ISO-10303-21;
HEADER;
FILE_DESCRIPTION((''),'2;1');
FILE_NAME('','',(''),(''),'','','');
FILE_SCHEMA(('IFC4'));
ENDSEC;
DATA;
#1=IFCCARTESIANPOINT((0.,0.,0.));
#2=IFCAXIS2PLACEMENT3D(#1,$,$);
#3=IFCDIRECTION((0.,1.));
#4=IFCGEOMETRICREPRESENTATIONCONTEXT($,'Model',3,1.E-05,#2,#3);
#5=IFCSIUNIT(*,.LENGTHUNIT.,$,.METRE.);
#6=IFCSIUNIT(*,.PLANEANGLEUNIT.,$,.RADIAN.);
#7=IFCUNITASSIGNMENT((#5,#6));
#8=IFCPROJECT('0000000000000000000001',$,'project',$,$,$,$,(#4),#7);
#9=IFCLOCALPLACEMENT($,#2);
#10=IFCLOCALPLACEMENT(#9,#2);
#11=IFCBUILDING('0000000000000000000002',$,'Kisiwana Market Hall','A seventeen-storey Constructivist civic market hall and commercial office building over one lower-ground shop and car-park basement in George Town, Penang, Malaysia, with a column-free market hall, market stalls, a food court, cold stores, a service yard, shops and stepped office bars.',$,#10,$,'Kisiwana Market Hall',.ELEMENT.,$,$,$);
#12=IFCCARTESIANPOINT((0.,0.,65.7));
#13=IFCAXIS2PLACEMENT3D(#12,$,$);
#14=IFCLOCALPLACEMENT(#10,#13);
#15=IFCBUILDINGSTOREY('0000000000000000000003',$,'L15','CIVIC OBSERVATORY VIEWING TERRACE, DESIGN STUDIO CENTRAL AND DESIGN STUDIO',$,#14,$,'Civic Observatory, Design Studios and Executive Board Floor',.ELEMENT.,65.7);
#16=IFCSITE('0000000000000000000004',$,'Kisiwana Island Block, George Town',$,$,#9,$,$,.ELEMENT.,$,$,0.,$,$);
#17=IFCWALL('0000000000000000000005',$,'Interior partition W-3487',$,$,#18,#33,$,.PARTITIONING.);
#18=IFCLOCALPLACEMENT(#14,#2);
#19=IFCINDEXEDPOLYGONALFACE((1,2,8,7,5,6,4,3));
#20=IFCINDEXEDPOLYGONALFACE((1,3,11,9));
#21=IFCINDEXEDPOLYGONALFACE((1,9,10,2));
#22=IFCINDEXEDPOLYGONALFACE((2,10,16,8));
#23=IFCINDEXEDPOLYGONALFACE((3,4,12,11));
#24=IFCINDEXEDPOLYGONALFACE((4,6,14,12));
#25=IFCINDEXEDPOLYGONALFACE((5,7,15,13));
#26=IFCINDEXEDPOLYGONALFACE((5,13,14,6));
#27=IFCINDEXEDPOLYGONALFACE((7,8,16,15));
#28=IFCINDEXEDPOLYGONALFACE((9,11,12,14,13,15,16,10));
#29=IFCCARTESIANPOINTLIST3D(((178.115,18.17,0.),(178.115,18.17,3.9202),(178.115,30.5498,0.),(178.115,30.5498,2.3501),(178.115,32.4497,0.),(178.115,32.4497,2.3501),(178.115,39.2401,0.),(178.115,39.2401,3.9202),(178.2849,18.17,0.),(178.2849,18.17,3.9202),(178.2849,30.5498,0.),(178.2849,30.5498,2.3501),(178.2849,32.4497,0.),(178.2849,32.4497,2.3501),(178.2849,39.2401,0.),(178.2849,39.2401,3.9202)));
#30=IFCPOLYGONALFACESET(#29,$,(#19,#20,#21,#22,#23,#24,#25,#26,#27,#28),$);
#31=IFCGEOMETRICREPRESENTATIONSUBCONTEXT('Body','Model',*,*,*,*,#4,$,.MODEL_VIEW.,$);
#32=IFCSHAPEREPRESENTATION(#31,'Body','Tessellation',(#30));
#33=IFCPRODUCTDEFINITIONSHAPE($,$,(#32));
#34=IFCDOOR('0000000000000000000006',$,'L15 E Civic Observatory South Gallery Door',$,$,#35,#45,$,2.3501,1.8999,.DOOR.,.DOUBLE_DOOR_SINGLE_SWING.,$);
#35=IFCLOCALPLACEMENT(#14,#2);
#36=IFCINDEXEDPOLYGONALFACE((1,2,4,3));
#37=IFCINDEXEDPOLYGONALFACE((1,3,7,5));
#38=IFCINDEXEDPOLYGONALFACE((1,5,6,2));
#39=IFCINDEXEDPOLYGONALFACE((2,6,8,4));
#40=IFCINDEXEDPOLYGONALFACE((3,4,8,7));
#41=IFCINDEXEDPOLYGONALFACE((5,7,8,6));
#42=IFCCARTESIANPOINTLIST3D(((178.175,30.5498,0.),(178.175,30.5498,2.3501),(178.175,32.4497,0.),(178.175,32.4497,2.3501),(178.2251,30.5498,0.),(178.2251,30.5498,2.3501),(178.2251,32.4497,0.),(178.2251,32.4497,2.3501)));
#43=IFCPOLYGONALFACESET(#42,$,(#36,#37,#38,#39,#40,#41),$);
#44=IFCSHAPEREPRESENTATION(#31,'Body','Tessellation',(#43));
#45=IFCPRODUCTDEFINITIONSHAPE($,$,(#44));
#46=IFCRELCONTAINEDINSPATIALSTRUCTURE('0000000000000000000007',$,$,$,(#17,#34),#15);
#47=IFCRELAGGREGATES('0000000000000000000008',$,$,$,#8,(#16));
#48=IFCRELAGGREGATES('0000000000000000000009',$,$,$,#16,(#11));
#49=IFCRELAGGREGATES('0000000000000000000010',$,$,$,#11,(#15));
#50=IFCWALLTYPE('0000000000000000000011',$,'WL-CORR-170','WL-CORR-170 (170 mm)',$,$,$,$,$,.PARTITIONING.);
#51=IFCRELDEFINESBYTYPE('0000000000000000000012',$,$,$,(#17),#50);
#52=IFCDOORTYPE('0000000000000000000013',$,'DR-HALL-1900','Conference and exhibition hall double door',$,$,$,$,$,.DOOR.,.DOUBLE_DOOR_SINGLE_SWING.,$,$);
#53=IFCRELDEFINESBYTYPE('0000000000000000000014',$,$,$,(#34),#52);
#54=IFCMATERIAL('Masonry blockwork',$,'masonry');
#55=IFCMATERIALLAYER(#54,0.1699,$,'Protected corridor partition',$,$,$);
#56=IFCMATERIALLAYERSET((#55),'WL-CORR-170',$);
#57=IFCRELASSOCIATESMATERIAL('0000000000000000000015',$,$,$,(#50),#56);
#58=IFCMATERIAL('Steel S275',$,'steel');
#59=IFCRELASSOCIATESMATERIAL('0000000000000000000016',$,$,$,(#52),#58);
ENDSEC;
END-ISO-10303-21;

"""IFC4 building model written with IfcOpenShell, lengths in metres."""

from ifc_helpers import new_model, si_unit, direction, frame, frame_2d, origin, place, context, subcontext, project, spatial, rectangle, extrude, material, layer, layer_set, type_object, element, fill, save


model = new_model("IFC4")

# Units and contexts
model_context = context("Model", 3, precision=1e-05, world=origin(), true_north=direction((0.0, 1.0)))
body_context = subcontext(model_context, "Body", "Model", "MODEL_VIEW")
ifc_project = project(units=[si_unit("LENGTHUNIT", "METRE"), si_unit("PLANEANGLEUNIT", "RADIAN")], contexts=[model_context])

# Site, building, storey
site_placement = place(None, origin())
site = spatial("IfcSite", under=ifc_project, at=site_placement, Name="Kisiwana Island Block, George Town", CompositionType="ELEMENT", RefElevation=0.0)
building_placement = place(site_placement, origin())
building = spatial("IfcBuilding", under=site, at=building_placement, Name="Kisiwana Market Hall", Description="A seventeen-storey Constructivist civic market hall and commercial office building over one lower-ground shop and car-park basement in George Town, Penang, Malaysia, with a column-free market hall, market stalls, a food court, cold stores, a service yard, shops and stepped office bars.", LongName="Kisiwana Market Hall", CompositionType="ELEMENT")
storey_placement = place(building_placement, frame((0.0, 0.0, 65.7)))
storey = spatial("IfcBuildingStorey", under=building, at=storey_placement, Name="L15", Description="CIVIC OBSERVATORY VIEWING TERRACE, DESIGN STUDIO CENTRAL AND DESIGN STUDIO", LongName="Civic Observatory, Design Studios and Executive Board Floor", CompositionType="ELEMENT", Elevation=65.7)

# Wall, opening, door
ifc_material_1 = material(Name="Masonry blockwork", Category="masonry")
ifc_layer_1 = layer(ifc_material_1, 0.1699, Name="Protected corridor partition")
ifc_layer_set_1 = layer_set([ifc_layer_1], Name="WL-CORR-170")
wall_type_1 = type_object("IfcWallType", Name="WL-CORR-170", Description="WL-CORR-170 (170 mm)", PredefinedType="PARTITIONING", material=ifc_layer_set_1)
wall_1_placement = place(storey_placement, frame((178.2, 18.1699, 0.0), z_axis=(0.0, 0.0, 1.0), x_axis=(0.0, 1.0, 0.0)))
wall_1 = element("IfcWall", 1, at=wall_1_placement, inside=storey, type_object=wall_type_1, Name="Interior partition W-3487", PredefinedType="PARTITIONING", context=body_context, shape_type="SweptSolid", body=[
    extrude(rectangle(XDim=21.0701, YDim=0.1699, at=frame_2d((10.5352, 0.0))), origin(), (0.0, 0.0, 1.0), 3.9202),
])
opening_1_placement = place(wall_1_placement, frame((12.3799, 0.0, 0.0)))
opening_1 = element("IfcOpeningElement", 2, at=opening_1_placement, cuts=wall_1, PredefinedType="OPENING", context=body_context, shape_type="SweptSolid", body=[
    extrude(rectangle(XDim=1.8999, YDim=2.3501, at=frame_2d((0.95, 1.175))), frame((0.0, 0.0969, 0.0), z_axis=(0.0, -1.0, 0.0), x_axis=(1.0, 0.0, 0.0)), (0.0, 0.0, 1.0), 0.1938),
])
ifc_material_2 = material(Name="Steel S275", Category="steel")
door_type_1 = type_object("IfcDoorType", Name="DR-HALL-1900", Description="Conference and exhibition hall double door", OperationType="DOUBLE_DOOR_SINGLE_SWING", PredefinedType="DOOR", material=ifc_material_2)
door_1_placement = place(opening_1_placement, origin())
door_1 = element("IfcDoor", 3, at=door_1_placement, inside=storey, type_object=door_type_1, Name="L15 E Civic Observatory South Gallery Door", OperationType="DOUBLE_DOOR_SINGLE_SWING", OverallHeight=2.3501, OverallWidth=1.8999, PredefinedType="DOOR", context=body_context, shape_type="SweptSolid", body=[
    extrude(rectangle(XDim=1.8999, YDim=2.3501, at=frame_2d((0.95, 1.175))), frame((0.0, 0.0249, 0.0), z_axis=(0.0, -1.0, 0.0), x_axis=(1.0, 0.0, 0.0)), (0.0, 0.0, 1.0), 0.05),
])
fill(opening_1, door_1)

save(model, "model.ifc")
